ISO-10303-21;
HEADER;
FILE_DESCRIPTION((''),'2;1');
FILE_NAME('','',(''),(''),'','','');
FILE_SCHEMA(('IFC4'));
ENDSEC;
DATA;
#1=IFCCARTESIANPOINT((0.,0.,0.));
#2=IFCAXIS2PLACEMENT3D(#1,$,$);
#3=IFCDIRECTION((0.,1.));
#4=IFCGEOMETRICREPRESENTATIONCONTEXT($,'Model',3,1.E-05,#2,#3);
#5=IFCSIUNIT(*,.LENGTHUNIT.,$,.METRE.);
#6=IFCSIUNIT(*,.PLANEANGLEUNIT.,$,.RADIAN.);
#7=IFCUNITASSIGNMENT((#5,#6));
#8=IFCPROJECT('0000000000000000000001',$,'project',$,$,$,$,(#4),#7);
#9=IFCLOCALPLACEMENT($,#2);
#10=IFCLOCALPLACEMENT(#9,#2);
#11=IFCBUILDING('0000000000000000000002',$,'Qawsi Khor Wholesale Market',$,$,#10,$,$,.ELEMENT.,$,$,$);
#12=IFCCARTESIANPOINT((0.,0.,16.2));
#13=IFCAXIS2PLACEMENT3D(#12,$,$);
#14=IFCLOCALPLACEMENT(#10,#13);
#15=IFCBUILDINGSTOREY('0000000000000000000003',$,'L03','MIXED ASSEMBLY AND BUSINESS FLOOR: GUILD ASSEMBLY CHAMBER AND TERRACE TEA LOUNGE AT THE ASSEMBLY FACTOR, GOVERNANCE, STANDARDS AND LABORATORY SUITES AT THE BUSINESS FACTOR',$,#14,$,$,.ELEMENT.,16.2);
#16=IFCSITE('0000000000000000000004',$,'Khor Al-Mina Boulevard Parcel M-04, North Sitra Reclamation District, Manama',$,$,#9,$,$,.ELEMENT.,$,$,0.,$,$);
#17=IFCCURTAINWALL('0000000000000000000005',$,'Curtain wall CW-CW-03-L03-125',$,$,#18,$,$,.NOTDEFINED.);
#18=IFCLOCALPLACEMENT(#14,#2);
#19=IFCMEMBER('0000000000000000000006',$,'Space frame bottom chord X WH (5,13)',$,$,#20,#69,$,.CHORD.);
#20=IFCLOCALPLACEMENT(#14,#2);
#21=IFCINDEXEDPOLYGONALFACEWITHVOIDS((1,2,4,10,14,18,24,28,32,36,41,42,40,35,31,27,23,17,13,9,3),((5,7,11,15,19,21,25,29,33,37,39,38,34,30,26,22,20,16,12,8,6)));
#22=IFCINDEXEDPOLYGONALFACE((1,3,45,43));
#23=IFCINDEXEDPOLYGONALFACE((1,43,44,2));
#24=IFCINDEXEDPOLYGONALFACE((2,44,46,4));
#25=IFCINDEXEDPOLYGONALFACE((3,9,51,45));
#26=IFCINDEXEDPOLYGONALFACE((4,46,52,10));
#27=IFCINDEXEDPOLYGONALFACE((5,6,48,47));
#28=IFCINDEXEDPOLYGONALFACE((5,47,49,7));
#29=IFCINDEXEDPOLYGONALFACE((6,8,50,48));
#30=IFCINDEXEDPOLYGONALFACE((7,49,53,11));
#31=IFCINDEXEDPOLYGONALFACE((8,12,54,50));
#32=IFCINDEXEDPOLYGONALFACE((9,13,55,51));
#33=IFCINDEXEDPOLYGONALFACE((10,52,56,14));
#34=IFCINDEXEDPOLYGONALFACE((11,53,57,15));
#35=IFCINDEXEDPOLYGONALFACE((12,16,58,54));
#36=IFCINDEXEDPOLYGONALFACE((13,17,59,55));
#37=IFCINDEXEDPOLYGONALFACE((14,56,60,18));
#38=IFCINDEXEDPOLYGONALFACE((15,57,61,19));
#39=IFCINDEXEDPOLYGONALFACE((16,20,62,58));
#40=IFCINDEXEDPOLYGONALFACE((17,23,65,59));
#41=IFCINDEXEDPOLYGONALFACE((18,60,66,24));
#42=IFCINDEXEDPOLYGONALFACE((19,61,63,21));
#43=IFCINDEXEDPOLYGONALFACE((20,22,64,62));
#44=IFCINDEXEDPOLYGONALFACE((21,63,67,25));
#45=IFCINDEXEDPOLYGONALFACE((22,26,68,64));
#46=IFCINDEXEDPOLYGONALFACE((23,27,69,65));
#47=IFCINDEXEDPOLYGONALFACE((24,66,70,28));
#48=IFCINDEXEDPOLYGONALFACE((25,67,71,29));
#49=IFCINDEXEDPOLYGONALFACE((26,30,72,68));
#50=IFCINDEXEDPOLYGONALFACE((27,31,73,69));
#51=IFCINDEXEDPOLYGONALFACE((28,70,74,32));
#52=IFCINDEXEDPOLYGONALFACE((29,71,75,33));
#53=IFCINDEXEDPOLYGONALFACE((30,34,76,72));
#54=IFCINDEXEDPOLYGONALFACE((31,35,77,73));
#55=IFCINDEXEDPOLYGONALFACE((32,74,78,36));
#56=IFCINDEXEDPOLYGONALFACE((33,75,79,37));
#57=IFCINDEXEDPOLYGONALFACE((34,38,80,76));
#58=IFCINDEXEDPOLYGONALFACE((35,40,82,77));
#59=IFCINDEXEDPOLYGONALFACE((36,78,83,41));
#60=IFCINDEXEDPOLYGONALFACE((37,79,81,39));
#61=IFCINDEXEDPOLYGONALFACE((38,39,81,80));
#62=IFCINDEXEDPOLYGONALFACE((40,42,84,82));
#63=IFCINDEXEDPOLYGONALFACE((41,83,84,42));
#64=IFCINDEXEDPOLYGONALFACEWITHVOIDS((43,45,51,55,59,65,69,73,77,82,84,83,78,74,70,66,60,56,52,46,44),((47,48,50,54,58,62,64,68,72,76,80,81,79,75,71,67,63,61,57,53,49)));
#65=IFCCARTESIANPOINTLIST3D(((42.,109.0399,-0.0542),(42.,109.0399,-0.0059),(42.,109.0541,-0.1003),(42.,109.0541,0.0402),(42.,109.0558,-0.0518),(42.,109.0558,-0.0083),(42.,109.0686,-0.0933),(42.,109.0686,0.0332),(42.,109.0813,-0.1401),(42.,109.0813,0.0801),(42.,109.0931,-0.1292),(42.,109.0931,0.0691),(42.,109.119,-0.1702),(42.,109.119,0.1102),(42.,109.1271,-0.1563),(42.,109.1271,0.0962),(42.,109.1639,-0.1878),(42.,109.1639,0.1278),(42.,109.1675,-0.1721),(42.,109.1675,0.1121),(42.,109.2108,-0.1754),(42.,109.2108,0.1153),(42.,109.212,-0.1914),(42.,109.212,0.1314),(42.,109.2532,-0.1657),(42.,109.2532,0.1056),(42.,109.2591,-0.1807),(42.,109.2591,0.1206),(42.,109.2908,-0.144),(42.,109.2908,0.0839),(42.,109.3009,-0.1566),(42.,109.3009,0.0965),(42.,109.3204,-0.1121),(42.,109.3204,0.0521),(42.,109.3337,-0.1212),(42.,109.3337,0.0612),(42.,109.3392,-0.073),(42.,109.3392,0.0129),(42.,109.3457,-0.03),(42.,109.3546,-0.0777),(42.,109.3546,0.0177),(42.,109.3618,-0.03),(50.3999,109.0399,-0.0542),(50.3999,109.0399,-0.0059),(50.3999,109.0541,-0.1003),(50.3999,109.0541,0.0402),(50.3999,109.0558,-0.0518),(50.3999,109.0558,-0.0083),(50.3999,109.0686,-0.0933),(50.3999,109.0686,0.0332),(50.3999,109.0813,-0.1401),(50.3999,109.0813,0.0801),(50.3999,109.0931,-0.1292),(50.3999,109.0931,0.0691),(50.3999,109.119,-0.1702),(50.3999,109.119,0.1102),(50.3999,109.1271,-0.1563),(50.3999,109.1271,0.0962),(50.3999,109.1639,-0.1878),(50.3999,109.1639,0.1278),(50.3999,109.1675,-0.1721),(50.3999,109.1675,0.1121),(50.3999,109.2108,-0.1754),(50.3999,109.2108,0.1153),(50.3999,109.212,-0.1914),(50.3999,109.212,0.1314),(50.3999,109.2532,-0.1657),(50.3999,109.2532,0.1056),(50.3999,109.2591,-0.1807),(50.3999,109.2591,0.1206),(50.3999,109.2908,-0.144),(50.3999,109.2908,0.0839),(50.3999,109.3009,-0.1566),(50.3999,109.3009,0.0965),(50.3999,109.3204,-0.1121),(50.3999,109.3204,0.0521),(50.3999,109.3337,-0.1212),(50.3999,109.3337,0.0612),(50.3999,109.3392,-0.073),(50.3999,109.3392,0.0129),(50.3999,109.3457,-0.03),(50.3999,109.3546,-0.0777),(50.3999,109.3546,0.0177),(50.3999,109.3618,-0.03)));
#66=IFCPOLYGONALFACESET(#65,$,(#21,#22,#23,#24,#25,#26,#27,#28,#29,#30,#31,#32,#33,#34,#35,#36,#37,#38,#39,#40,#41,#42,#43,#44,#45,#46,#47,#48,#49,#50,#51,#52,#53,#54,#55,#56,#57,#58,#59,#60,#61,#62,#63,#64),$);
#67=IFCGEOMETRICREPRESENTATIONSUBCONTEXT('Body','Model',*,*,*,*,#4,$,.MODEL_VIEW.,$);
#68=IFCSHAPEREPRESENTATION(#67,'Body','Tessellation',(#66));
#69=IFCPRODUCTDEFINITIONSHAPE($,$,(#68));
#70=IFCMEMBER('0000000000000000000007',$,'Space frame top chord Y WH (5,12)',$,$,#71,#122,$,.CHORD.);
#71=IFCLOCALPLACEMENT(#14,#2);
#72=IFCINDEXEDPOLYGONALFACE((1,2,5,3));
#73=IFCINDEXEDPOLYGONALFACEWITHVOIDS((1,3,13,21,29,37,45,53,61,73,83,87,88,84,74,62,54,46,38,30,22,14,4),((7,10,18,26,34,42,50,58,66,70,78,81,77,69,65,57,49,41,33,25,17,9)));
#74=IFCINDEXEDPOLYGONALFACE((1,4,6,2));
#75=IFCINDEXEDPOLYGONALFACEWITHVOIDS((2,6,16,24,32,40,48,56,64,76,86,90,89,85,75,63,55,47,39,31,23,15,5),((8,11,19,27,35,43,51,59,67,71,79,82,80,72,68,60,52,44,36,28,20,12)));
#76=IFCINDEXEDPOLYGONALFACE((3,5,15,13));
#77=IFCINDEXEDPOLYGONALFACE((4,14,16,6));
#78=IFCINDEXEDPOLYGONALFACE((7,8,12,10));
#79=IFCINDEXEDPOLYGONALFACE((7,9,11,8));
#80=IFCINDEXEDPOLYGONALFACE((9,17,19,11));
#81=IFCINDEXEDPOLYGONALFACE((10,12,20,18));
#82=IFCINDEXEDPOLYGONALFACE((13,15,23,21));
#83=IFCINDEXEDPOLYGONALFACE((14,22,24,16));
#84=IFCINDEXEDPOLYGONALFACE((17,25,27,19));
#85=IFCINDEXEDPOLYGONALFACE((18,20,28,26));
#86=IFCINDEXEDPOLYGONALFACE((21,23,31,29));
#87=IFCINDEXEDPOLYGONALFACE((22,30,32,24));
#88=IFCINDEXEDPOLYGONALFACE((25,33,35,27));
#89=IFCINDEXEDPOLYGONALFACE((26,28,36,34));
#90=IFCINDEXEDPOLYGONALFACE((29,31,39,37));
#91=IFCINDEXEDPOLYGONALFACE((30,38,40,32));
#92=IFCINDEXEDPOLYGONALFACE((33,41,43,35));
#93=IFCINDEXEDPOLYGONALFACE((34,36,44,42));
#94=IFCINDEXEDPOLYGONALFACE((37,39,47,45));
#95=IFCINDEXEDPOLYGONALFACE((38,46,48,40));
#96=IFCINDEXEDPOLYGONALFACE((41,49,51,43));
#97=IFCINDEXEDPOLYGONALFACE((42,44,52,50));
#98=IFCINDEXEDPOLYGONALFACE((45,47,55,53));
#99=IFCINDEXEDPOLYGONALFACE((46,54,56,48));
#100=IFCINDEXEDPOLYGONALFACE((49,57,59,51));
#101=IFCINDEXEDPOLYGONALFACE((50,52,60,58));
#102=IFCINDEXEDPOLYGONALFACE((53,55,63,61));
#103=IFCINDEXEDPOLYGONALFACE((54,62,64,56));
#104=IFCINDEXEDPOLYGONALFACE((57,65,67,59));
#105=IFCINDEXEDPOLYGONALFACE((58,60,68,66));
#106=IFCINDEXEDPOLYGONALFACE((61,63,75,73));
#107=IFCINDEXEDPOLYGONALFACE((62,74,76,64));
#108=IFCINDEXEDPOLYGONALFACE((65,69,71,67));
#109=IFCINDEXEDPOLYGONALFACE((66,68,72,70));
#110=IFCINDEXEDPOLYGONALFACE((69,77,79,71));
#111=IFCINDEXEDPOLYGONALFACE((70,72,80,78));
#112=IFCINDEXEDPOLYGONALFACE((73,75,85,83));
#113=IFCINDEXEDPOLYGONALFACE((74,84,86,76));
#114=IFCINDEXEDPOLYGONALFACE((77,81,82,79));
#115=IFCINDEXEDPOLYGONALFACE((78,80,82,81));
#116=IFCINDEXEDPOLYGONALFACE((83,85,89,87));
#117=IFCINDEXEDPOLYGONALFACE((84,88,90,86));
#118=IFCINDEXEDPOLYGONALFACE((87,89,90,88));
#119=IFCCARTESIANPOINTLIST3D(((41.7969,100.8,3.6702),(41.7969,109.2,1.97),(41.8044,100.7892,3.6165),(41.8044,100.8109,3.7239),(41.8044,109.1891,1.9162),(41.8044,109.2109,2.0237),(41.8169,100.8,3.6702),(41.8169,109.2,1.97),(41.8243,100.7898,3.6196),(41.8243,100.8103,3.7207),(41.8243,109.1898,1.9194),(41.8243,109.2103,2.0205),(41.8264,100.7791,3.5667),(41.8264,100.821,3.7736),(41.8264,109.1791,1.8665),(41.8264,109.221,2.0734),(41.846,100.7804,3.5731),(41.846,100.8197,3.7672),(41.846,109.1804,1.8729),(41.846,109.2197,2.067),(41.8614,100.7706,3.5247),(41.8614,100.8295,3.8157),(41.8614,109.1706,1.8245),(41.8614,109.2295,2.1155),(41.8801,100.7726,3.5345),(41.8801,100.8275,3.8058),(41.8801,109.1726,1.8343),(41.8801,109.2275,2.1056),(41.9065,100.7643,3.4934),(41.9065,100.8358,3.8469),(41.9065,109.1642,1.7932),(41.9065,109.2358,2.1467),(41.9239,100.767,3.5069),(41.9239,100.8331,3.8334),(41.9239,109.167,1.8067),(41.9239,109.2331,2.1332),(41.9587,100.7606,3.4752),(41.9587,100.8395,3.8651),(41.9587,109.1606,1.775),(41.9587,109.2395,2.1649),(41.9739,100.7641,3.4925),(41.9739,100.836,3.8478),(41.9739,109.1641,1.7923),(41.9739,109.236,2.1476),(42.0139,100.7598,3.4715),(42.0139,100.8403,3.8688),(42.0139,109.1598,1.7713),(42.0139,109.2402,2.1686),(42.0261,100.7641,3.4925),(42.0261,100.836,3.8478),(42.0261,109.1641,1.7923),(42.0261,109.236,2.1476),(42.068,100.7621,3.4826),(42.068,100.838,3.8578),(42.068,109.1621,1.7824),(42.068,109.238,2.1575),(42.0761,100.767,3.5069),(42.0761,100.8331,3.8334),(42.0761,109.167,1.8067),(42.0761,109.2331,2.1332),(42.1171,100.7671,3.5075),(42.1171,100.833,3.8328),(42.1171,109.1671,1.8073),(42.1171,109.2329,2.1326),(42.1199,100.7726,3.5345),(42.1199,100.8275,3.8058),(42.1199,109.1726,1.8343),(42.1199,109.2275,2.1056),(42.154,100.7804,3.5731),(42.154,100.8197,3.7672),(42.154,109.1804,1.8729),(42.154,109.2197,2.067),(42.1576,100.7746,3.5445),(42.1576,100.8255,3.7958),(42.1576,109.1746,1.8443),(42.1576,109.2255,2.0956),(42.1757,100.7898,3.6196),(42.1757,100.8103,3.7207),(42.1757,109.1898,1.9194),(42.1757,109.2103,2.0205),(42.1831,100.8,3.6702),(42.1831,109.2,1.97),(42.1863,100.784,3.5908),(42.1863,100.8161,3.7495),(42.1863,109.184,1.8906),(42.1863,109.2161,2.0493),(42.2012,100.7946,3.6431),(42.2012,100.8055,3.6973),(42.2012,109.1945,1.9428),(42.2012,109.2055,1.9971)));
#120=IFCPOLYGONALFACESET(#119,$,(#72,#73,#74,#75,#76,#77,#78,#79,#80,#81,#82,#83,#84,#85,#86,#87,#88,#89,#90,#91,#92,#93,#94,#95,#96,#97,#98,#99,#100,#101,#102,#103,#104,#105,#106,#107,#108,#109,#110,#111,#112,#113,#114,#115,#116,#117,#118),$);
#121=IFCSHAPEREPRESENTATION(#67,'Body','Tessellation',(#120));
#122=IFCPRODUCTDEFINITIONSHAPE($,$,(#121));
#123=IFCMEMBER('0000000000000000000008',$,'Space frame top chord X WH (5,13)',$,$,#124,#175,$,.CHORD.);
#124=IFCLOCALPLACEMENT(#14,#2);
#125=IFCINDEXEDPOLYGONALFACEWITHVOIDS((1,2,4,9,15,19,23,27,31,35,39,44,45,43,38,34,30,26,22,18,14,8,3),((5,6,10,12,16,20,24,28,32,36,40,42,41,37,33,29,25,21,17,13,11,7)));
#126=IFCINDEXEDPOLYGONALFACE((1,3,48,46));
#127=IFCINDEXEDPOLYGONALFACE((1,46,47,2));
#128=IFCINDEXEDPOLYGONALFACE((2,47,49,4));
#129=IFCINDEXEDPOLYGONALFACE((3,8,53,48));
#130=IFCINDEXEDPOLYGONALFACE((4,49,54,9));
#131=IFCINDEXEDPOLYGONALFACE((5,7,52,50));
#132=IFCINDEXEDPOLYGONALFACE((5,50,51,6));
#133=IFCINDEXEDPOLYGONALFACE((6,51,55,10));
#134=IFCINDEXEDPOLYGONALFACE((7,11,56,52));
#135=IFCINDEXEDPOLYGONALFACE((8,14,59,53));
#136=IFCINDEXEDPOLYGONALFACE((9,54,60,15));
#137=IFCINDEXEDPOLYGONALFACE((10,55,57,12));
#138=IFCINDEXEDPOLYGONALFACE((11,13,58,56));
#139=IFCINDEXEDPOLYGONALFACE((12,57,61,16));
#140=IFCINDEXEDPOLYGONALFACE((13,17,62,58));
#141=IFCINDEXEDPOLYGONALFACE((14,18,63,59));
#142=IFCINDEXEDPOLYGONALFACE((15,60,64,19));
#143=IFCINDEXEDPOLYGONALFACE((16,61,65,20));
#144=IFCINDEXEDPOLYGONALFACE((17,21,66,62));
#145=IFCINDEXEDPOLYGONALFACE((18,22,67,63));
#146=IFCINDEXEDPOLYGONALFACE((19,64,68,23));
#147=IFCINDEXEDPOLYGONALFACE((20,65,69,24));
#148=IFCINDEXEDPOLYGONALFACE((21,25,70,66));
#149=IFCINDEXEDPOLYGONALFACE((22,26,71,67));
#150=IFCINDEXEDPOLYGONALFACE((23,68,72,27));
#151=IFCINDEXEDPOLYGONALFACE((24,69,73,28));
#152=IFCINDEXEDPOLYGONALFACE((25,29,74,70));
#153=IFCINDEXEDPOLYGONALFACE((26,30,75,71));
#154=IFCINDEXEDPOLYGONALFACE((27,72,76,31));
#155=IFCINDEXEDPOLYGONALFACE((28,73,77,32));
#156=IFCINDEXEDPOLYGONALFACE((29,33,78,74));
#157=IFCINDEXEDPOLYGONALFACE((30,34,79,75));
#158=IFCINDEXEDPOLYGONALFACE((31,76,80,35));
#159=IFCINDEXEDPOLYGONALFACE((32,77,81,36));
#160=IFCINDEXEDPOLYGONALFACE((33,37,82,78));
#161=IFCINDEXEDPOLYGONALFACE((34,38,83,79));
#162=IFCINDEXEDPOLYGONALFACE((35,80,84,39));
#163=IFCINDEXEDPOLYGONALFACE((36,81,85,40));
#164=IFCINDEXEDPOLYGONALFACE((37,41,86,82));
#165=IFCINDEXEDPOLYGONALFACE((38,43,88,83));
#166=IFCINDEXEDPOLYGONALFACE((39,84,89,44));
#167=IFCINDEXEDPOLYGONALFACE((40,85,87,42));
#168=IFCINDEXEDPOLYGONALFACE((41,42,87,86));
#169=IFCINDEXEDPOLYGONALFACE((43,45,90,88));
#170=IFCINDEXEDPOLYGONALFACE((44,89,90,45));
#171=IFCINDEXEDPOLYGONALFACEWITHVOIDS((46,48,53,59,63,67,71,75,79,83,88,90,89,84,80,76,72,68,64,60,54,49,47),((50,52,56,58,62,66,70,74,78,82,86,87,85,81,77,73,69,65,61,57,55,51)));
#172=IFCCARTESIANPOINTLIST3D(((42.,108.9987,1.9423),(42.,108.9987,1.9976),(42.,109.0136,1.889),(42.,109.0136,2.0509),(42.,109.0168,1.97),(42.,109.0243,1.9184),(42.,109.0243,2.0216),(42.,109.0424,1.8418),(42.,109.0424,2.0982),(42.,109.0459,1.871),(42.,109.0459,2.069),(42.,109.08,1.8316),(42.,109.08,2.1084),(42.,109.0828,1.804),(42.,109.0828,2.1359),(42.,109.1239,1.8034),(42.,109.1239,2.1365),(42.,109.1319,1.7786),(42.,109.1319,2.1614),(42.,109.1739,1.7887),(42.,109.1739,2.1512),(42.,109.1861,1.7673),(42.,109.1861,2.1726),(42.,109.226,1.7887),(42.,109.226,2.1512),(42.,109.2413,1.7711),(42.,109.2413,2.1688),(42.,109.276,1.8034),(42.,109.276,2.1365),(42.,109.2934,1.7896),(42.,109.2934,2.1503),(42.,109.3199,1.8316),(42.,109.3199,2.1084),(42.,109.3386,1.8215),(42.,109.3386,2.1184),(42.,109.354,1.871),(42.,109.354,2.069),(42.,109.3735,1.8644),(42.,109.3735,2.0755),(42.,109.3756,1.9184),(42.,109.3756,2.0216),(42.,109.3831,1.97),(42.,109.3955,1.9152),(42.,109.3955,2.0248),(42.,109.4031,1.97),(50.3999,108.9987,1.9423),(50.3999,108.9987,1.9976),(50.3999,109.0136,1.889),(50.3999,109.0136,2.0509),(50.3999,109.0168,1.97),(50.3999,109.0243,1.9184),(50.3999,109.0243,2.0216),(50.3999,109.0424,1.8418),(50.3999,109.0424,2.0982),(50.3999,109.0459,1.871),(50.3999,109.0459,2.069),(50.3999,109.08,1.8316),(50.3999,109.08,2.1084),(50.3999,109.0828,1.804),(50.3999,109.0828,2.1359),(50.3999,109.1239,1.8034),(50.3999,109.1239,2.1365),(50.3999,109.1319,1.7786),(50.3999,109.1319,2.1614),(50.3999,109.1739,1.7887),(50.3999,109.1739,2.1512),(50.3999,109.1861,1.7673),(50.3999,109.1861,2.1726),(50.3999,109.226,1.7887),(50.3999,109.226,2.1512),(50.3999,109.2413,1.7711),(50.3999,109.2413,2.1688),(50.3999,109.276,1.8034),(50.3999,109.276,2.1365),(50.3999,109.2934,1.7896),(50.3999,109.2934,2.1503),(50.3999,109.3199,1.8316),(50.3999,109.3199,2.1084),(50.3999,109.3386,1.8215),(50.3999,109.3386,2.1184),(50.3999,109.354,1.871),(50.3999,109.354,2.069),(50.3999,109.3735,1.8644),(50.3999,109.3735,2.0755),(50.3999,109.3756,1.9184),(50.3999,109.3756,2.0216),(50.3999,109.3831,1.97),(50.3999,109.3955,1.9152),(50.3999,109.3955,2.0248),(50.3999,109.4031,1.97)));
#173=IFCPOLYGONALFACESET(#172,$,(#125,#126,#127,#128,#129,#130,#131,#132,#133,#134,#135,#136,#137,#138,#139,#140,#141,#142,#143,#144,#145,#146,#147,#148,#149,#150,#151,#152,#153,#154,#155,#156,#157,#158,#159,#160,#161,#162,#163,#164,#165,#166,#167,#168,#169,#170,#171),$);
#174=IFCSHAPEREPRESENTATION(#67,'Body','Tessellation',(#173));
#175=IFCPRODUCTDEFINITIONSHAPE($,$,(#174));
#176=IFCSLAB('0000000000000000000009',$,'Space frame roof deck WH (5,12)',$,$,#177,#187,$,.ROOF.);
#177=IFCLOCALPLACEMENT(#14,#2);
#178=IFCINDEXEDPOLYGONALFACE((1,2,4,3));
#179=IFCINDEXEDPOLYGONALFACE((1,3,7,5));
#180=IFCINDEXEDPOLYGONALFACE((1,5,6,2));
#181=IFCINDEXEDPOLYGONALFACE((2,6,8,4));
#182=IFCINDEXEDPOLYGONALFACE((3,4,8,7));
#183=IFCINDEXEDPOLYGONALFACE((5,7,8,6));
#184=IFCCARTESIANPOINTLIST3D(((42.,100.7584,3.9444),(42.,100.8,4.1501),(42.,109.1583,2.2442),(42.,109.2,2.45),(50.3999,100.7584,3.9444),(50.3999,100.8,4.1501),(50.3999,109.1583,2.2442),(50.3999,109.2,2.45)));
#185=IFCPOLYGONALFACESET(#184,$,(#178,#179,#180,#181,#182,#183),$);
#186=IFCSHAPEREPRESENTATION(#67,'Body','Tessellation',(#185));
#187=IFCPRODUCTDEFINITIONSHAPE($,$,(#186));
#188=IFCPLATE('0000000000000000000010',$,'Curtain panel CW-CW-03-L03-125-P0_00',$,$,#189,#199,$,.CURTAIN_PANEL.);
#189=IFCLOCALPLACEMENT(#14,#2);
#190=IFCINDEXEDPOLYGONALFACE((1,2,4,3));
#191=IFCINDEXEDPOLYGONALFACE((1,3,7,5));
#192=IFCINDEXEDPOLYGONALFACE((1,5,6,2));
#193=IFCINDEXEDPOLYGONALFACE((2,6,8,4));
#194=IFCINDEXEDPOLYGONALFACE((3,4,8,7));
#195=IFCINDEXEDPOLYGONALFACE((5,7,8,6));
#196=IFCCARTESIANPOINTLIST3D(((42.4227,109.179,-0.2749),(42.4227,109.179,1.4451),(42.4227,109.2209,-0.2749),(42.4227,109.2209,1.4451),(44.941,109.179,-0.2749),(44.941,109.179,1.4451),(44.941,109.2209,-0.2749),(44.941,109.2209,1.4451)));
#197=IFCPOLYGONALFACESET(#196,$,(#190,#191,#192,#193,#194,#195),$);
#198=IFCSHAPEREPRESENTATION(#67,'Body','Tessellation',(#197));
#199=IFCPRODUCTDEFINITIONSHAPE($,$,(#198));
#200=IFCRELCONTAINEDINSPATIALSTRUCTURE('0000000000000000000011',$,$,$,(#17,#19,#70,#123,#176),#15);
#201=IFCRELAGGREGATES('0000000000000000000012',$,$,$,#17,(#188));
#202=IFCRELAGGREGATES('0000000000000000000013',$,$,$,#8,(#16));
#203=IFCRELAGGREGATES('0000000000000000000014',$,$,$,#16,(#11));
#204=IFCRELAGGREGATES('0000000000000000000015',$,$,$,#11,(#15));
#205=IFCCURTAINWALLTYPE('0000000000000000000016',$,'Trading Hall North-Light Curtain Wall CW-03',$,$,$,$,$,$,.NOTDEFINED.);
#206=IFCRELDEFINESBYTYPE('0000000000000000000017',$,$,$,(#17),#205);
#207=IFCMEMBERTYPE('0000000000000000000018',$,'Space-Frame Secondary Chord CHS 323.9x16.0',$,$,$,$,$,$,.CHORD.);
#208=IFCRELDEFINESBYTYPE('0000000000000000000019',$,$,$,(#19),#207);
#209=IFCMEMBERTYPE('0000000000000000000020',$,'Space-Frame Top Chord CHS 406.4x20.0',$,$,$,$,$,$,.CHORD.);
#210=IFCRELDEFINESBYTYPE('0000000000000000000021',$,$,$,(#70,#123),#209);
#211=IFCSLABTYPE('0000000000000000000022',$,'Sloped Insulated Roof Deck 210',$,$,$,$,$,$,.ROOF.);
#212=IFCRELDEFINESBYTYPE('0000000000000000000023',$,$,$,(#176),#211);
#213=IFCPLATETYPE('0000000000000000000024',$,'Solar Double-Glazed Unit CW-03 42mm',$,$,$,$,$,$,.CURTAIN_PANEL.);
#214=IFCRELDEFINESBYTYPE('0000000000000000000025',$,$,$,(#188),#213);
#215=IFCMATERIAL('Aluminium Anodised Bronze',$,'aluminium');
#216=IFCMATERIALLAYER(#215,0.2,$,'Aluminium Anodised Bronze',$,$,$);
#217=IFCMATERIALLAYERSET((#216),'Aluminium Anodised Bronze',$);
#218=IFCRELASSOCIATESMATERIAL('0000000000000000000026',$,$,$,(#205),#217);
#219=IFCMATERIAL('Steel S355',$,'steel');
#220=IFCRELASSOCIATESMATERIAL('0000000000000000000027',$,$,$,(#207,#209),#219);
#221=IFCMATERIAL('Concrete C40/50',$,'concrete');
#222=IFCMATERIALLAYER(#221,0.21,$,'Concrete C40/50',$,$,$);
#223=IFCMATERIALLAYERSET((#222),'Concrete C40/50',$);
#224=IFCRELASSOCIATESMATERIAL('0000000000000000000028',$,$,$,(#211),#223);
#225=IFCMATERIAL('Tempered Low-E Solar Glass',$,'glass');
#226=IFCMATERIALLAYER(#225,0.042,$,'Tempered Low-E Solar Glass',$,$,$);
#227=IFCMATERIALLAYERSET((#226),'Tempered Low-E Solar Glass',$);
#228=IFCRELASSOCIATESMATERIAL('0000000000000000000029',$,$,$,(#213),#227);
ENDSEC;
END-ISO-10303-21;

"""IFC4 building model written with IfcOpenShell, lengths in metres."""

from ifc_helpers import new_model, si_unit, direction, frame, frame_2d, origin, origin_2d, place, context, subcontext, project, spatial, polyline, rectangle, hollow_circle, outline, extrude, material, layer, layer_set, material_profile, profile_set, type_object, element, aggregate, save


model = new_model("IFC4")

# Units and contexts
model_context = context("Model", 3, precision=1e-05, world=origin(), true_north=direction((0.0, 1.0)))
body_context = subcontext(model_context, "Body", "Model", "MODEL_VIEW")
ifc_project = project(units=[si_unit("LENGTHUNIT", "METRE"), si_unit("PLANEANGLEUNIT", "RADIAN")], contexts=[model_context])

# Site, building, storey
site_placement = place(None, origin())
site = spatial("IfcSite", under=ifc_project, at=site_placement, Name="Khor Al-Mina Boulevard Parcel M-04, North Sitra Reclamation District, Manama", CompositionType="ELEMENT", RefElevation=0.0)
building_placement = place(site_placement, origin())
building = spatial("IfcBuilding", under=site, at=building_placement, Name="Qawsi Khor Wholesale Market", CompositionType="ELEMENT")
storey_placement = place(building_placement, frame((0.0, 0.0, 16.2)))
storey = spatial("IfcBuildingStorey", under=building, at=storey_placement, Name="L03", Description="MIXED ASSEMBLY AND BUSINESS FLOOR: GUILD ASSEMBLY CHAMBER AND TERRACE TEA LOUNGE AT THE ASSEMBLY FACTOR, GOVERNANCE, STANDARDS AND LABORATORY SUITES AT THE BUSINESS FACTOR", CompositionType="ELEMENT", Elevation=16.2)

# Curtain wall
ifc_material_1 = material(Name="Aluminium Anodised Bronze", Category="aluminium")
ifc_layer_1 = layer(ifc_material_1, 0.2, Name="Aluminium Anodised Bronze")
ifc_layer_set_1 = layer_set([ifc_layer_1], Name="Aluminium Anodised Bronze")
curtain_wall_type = type_object("IfcCurtainWallType", Name="Trading Hall North-Light Curtain Wall CW-03", PredefinedType="NOTDEFINED", material=ifc_layer_set_1)
curtain_wall_placement = place(storey_placement, origin())
curtain_wall = element("IfcCurtainWall", 1, at=curtain_wall_placement, inside=storey, type_object=curtain_wall_type, Name="Curtain wall CW-CW-03-L03-125", PredefinedType="NOTDEFINED")

# Members
ifc_material_2 = material(Name="Steel S355", Category="steel")
ifc_material_profile_1 = material_profile(ifc_material_2, hollow_circle(Radius=0.1619, WallThickness=0.0161, at=origin_2d()), Name="CHS 323.9x16.0")
ifc_profile_set_1 = profile_set([ifc_material_profile_1], Name="Steel S355")
member_type_1 = type_object("IfcMemberType", Name="Space-Frame Secondary Chord CHS 323.9x16.0", PredefinedType="CHORD", material=ifc_profile_set_1)
member_1_placement = place(storey_placement, frame((42.0, 109.2, -0.03), z_axis=(1.0, 0.0, 0.0), x_axis=(0.0, 1.0, 0.0)))
element("IfcMember", 2, at=member_1_placement, inside=storey, type_object=member_type_1, Name="Space frame bottom chord X WH (5,13)", PredefinedType="CHORD", context=body_context, shape_type="SweptSolid", body=[
    extrude(hollow_circle(Radius=0.1619, WallThickness=0.0161, at=origin_2d()), origin(), (0.0, 0.0, 1.0), 8.3999),
])
ifc_material_profile_2 = material_profile(ifc_material_2, hollow_circle(Radius=0.2031, WallThickness=0.02, at=origin_2d()), Name="CHS 406.4x20.0")
ifc_profile_set_2 = profile_set([ifc_material_profile_2], Name="Steel S355")
member_type_2 = type_object("IfcMemberType", Name="Space-Frame Top Chord CHS 406.4x20.0", PredefinedType="CHORD", material=ifc_profile_set_2)
member_2_placement = place(storey_placement, frame((42.0, 100.8, 3.6702), z_axis=(0.0, 0.980124, -0.198384), x_axis=(-1.0, 0.0, 0.0)))
element("IfcMember", 3, at=member_2_placement, inside=storey, type_object=member_type_2, Name="Space frame top chord Y WH (5,12)", PredefinedType="CHORD", context=body_context, shape_type="SweptSolid", body=[
    extrude(hollow_circle(Radius=0.2031, WallThickness=0.02, at=origin_2d()), origin(), (0.0, 0.0, 1.0), 8.5703),
])
member_3_placement = place(storey_placement, frame((42.0, 109.2, 1.97), z_axis=(1.0, 0.0, 0.0), x_axis=(0.0, 1.0, 0.0)))
element("IfcMember", 4, at=member_3_placement, inside=storey, type_object=member_type_2, Name="Space frame top chord X WH (5,13)", PredefinedType="CHORD", context=body_context, shape_type="SweptSolid", body=[
    extrude(hollow_circle(Radius=0.2031, WallThickness=0.02, at=origin_2d()), origin(), (0.0, 0.0, 1.0), 8.3999),
])

# Slab
ifc_material_3 = material(Name="Concrete C40/50", Category="concrete")
ifc_layer_2 = layer(ifc_material_3, 0.21, Name="Concrete C40/50")
ifc_layer_set_2 = layer_set([ifc_layer_2], Name="Concrete C40/50")
slab_type = type_object("IfcSlabType", Name="Sloped Insulated Roof Deck 210", PredefinedType="ROOF", material=ifc_layer_set_2)
slab_placement = place(storey_placement, frame((42.0, 100.8, 4.1501), z_axis=(0.0, 0.198384, 0.980124), x_axis=(1.0, 0.0, 0.0)))
element("IfcSlab", 5, at=slab_placement, inside=storey, type_object=slab_type, Name="Space frame roof deck WH (5,12)", PredefinedType="ROOF", context=body_context, shape_type="SweptSolid", body=[
    extrude(outline(polyline([(0.0, 0.0), (8.3999, 0.0), (8.3999, 8.5702), (0.0, 8.5702), (0.0, 0.0)])), origin(), (0.0, 0.0, -1.0), 0.21),
])

# Plate
ifc_material_4 = material(Name="Tempered Low-E Solar Glass", Category="glass")
ifc_layer_3 = layer(ifc_material_4, 0.042, Name="Tempered Low-E Solar Glass")
ifc_layer_set_3 = layer_set([ifc_layer_3], Name="Tempered Low-E Solar Glass")
plate_type = type_object("IfcPlateType", Name="Solar Double-Glazed Unit CW-03 42mm", PredefinedType="CURTAIN_PANEL", material=ifc_layer_set_3)
plate_1_placement = place(storey_placement, frame((42.4226, 109.2, -0.2749), z_axis=(0.0, 0.0, 1.0), x_axis=(1.0, 0.0, 0.0)))
plate_1 = element("IfcPlate", 6, at=plate_1_placement, type_object=plate_type, Name="Curtain panel CW-CW-03-L03-125-P0_00", PredefinedType="CURTAIN_PANEL", context=body_context, shape_type="SweptSolid", body=[
    extrude(rectangle(XDim=2.5183, YDim=0.042, at=frame_2d((1.2593, 0.0))), origin(), (0.0, 0.0, 1.0), 1.72),
])
aggregate(curtain_wall, [plate_1])

save(model, "model.ifc")
